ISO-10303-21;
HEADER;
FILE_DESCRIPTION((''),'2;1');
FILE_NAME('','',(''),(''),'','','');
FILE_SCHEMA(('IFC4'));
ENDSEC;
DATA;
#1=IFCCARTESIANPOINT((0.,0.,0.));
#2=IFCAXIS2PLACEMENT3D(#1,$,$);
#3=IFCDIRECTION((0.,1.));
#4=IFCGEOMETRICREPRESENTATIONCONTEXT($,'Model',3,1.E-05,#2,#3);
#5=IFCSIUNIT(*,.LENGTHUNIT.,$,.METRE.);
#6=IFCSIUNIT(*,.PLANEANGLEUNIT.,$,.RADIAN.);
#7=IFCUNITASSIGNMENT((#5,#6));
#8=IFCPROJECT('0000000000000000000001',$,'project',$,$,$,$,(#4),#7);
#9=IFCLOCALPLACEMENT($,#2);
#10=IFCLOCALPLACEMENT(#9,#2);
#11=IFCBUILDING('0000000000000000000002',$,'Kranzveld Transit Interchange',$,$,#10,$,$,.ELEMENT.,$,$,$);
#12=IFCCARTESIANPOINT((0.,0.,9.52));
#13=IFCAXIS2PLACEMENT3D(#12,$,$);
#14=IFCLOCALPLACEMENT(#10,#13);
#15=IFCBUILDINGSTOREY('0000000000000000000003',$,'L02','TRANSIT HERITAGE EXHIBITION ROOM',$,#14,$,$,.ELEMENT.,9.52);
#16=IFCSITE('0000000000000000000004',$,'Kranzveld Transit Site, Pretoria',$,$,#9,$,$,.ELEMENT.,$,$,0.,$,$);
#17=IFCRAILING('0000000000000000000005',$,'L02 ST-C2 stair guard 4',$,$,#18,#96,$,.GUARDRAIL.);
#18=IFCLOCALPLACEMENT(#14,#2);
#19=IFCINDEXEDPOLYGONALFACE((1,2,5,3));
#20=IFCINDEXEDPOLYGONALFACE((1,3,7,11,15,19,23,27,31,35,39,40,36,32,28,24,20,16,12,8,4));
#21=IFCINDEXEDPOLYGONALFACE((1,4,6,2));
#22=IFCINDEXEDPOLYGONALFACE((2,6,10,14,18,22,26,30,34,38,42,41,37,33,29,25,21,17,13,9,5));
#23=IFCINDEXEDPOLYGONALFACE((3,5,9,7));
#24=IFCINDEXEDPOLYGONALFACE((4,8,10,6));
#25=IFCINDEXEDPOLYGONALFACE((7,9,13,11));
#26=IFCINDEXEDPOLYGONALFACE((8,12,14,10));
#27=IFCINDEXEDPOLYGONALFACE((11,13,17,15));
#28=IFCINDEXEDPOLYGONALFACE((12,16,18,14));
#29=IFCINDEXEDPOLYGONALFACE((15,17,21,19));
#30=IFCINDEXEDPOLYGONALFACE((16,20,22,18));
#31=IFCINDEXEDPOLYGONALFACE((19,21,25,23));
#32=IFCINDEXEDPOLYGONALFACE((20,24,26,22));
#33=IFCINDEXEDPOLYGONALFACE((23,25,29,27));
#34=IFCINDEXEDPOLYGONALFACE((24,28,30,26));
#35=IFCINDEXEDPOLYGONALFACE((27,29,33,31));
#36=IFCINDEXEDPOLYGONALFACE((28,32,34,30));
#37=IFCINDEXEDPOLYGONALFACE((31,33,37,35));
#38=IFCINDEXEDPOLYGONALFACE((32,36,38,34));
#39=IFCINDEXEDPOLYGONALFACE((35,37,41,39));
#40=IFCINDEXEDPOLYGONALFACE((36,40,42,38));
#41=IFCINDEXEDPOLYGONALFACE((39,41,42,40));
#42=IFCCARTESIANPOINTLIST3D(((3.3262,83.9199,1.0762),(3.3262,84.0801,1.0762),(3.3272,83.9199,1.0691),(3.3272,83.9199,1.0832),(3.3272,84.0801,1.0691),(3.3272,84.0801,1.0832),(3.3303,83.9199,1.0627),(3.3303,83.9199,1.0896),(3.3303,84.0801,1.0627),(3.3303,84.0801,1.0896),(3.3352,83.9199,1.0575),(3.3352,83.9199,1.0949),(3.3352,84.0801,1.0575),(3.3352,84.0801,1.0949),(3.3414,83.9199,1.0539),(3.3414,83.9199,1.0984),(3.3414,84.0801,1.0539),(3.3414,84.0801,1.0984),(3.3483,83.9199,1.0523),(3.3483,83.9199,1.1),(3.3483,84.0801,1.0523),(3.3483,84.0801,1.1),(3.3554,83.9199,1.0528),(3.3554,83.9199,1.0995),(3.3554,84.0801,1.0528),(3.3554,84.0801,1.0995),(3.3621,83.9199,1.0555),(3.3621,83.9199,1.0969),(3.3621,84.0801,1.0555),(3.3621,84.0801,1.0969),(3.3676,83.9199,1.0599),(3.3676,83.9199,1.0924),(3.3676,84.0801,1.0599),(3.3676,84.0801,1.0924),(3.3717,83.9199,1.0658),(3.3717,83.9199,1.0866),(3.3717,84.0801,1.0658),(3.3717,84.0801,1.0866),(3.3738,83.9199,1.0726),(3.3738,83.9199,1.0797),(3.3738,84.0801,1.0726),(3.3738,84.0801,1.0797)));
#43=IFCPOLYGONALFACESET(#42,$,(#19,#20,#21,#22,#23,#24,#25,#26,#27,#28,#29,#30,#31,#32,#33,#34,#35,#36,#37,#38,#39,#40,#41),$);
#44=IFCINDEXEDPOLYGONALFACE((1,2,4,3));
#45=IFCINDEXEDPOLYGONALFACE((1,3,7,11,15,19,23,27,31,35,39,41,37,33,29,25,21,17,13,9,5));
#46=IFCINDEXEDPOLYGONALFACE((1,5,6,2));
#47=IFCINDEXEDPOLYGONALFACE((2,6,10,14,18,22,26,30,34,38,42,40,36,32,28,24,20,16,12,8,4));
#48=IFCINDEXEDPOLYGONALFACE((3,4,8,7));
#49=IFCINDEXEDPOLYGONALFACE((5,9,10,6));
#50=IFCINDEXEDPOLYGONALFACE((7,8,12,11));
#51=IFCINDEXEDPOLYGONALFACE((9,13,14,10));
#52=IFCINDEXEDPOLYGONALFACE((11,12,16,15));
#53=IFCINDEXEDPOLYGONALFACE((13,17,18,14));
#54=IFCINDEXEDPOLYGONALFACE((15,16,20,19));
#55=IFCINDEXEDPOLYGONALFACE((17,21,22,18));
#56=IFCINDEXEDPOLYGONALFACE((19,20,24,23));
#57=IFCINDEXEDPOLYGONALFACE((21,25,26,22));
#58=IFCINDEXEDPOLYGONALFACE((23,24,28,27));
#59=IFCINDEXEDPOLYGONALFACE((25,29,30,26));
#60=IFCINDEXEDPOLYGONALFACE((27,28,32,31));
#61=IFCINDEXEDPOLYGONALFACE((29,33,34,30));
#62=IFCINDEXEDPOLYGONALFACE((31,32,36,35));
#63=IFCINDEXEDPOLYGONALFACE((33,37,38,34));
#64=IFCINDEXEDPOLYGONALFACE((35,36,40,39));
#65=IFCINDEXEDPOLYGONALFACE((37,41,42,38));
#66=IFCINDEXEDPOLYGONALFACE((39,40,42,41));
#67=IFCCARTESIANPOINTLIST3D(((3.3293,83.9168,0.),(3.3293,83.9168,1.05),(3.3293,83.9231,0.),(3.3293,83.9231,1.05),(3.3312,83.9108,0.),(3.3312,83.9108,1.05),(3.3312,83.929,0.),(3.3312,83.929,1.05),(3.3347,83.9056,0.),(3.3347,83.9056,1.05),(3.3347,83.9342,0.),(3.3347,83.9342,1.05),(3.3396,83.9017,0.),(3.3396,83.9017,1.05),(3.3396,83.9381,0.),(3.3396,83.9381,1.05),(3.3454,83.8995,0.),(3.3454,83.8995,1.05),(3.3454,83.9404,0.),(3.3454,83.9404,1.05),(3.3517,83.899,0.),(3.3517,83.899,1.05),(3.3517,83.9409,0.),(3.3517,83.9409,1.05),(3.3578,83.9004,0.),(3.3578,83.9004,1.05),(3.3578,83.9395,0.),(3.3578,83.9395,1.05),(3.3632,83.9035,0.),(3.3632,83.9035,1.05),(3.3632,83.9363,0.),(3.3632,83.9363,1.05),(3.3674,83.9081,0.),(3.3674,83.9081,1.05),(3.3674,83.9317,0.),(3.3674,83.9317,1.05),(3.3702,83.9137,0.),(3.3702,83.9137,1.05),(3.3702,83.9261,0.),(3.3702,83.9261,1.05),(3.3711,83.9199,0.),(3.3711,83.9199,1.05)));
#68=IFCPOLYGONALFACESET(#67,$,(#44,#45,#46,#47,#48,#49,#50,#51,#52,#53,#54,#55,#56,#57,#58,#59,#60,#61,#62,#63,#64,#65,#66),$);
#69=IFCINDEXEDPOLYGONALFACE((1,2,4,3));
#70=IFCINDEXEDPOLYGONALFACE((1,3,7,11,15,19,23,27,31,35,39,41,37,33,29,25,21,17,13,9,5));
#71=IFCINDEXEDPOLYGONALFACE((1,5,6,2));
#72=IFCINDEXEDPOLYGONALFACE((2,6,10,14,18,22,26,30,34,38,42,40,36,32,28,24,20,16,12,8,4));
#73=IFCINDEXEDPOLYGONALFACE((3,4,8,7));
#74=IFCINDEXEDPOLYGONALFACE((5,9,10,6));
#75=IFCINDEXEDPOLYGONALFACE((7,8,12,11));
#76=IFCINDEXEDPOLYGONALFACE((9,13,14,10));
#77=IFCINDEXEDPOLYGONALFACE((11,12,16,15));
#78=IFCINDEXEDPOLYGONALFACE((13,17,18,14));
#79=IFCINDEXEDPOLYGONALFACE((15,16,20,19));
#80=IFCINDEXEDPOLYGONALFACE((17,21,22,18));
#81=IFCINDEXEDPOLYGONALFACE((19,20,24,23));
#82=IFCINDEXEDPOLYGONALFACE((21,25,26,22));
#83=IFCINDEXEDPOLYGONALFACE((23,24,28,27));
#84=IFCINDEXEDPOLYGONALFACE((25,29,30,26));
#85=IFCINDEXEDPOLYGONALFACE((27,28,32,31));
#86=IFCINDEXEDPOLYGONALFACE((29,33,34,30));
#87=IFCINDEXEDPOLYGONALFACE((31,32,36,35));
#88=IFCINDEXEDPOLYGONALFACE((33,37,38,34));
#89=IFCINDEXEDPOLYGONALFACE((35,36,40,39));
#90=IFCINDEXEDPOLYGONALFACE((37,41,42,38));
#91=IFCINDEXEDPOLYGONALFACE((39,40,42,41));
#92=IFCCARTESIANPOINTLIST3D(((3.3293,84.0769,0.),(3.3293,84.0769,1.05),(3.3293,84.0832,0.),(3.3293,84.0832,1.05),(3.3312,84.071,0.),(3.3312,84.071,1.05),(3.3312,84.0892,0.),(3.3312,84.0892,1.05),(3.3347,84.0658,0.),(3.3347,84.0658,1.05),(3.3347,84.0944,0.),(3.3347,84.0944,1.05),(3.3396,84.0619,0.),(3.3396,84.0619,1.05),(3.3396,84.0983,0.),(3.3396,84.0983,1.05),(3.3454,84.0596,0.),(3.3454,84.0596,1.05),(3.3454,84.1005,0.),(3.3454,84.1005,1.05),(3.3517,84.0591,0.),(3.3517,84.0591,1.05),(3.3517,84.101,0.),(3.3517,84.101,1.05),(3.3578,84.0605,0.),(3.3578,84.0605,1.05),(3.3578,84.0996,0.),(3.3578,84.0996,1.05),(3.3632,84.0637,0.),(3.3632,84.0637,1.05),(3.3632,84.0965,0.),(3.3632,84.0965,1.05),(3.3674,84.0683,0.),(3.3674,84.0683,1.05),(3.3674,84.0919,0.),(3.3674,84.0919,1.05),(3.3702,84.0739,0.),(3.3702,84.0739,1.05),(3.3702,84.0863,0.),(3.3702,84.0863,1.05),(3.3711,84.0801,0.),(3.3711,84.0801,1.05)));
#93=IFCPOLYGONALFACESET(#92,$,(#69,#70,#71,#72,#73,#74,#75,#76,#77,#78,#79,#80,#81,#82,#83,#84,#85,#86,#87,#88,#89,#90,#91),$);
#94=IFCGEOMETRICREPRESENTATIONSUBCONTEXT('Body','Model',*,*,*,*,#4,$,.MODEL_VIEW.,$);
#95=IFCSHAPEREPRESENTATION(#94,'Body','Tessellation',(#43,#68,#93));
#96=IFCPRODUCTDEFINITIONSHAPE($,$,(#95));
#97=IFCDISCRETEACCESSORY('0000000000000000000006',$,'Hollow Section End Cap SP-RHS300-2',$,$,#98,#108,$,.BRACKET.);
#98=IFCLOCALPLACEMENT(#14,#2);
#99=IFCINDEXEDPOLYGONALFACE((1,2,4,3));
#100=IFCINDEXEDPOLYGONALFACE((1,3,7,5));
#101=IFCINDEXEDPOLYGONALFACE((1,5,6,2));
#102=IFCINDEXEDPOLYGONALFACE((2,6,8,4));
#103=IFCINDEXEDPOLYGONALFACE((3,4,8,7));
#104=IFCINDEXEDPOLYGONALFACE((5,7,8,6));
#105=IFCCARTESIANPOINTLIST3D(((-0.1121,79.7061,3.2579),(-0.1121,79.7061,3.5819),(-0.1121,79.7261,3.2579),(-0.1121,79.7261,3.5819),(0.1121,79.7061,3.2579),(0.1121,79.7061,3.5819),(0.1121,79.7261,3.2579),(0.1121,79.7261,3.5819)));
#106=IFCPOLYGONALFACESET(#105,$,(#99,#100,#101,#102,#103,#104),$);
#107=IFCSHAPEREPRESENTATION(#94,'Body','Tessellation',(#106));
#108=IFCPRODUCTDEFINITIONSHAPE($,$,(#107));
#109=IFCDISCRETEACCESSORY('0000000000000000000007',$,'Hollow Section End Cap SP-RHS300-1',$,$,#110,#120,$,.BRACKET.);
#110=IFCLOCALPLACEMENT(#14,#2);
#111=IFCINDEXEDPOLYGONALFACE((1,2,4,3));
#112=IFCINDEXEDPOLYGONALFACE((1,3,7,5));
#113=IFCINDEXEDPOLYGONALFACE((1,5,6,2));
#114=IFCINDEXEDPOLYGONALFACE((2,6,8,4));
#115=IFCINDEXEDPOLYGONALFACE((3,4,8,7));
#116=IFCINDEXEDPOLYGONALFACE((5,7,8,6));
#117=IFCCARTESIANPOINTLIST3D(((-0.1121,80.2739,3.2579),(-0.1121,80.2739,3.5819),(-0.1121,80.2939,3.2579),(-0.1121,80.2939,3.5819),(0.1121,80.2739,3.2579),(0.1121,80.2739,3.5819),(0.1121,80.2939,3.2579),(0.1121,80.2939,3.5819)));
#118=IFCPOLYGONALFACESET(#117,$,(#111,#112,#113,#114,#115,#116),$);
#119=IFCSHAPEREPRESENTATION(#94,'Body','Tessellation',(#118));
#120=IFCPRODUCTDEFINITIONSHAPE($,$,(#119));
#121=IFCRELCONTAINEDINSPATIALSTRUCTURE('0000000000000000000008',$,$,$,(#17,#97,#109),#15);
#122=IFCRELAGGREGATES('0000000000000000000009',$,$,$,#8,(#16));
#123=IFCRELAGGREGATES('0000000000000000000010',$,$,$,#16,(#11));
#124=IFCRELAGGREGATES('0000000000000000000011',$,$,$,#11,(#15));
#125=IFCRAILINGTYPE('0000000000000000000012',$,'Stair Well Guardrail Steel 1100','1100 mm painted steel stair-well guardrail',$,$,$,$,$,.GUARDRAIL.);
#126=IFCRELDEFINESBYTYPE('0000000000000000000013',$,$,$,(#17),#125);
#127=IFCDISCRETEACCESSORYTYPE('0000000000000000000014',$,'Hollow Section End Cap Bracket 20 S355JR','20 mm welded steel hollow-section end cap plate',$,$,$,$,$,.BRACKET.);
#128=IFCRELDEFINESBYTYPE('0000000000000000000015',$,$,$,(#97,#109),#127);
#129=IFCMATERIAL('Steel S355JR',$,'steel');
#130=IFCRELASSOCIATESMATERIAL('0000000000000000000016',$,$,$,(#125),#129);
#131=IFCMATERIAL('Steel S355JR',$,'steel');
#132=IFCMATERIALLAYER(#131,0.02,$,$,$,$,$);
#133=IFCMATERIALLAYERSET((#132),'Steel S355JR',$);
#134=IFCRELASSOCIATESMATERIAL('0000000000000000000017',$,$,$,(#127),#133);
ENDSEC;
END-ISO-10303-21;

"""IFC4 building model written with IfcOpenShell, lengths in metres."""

from ifc_helpers import new_model, si_unit, direction, frame, origin, origin_2d, place, context, subcontext, project, spatial, rectangle, circle, extrude, material, layer, layer_set, type_object, element, save


model = new_model("IFC4")

# Units and contexts
model_context = context("Model", 3, precision=1e-05, world=origin(), true_north=direction((0.0, 1.0)))
body_context = subcontext(model_context, "Body", "Model", "MODEL_VIEW")
ifc_project = project(units=[si_unit("LENGTHUNIT", "METRE"), si_unit("PLANEANGLEUNIT", "RADIAN")], contexts=[model_context])

# Site, building, storey
site_placement = place(None, origin())
site = spatial("IfcSite", under=ifc_project, at=site_placement, Name="Kranzveld Transit Site, Pretoria", CompositionType="ELEMENT", RefElevation=0.0)
building_placement = place(site_placement, origin())
building = spatial("IfcBuilding", under=site, at=building_placement, Name="Kranzveld Transit Interchange", CompositionType="ELEMENT")
storey_placement = place(building_placement, frame((0.0, 0.0, 9.52)))
storey = spatial("IfcBuildingStorey", under=building, at=storey_placement, Name="L02", Description="TRANSIT HERITAGE EXHIBITION ROOM", CompositionType="ELEMENT", Elevation=9.52)

# Railing
ifc_material_1 = material(Name="Steel S355JR", Category="steel")
railing_type_1 = type_object("IfcRailingType", Name="Stair Well Guardrail Steel 1100", Description="1100 mm painted steel stair-well guardrail", PredefinedType="GUARDRAIL", material=ifc_material_1)
railing_1_placement = place(storey_placement, frame((3.3501, 83.9199, 0.0)))
element("IfcRailing", 1, at=railing_1_placement, inside=storey, type_object=railing_type_1, Name="L02 ST-C2 stair guard 4", PredefinedType="GUARDRAIL", context=body_context, shape_type="SweptSolid", body=[
    extrude(circle(Radius=0.0239, at=origin_2d()), frame((0.0, 0.0, 1.0762), z_axis=(0.0, 1.0, 0.0), x_axis=(-1.0, 0.0, 0.0)), (0.0, 0.0, 1.0), 0.1602),
    extrude(circle(Radius=0.021, at=origin_2d()), origin(), (0.0, 0.0, 1.0), 1.05),
    extrude(circle(Radius=0.021, at=origin_2d()), frame((0.0, 0.1602, 0.0)), (0.0, 0.0, 1.0), 1.05),
])

# Discrete accessories
ifc_material_2 = material(Name="Steel S355JR", Category="steel")
ifc_layer_1 = layer(ifc_material_2, 0.02)
ifc_layer_set_1 = layer_set([ifc_layer_1], Name="Steel S355JR")
discrete_accessory_type = type_object("IfcDiscreteAccessoryType", Name="Hollow Section End Cap Bracket 20 S355JR", Description="20 mm welded steel hollow-section end cap plate", PredefinedType="BRACKET", material=ifc_layer_set_1)
for number, where, z_axis, x_axis, name in (
    (2, (0.0, 79.7061, 3.4199), (0.0, 1.0, 0.0), (-1.0, 0.0, 0.0), "Hollow Section End Cap SP-RHS300-2"),
    (3, (0.0, 80.2939, 3.4199), (0.0, -1.0, 0.0), (1.0, 0.0, 0.0), "Hollow Section End Cap SP-RHS300-1"),
):
    element("IfcDiscreteAccessory", number, at=place(storey_placement, frame(where, z_axis=z_axis, x_axis=x_axis)), inside=storey, type_object=discrete_accessory_type, Name=name, PredefinedType="BRACKET", context=body_context, shape_type="SweptSolid", body=[
        extrude(rectangle(XDim=0.2241, YDim=0.324, at=origin_2d()), origin(), (0.0, 0.0, 1.0), 0.02),
    ])

save(model, "model.ifc")
